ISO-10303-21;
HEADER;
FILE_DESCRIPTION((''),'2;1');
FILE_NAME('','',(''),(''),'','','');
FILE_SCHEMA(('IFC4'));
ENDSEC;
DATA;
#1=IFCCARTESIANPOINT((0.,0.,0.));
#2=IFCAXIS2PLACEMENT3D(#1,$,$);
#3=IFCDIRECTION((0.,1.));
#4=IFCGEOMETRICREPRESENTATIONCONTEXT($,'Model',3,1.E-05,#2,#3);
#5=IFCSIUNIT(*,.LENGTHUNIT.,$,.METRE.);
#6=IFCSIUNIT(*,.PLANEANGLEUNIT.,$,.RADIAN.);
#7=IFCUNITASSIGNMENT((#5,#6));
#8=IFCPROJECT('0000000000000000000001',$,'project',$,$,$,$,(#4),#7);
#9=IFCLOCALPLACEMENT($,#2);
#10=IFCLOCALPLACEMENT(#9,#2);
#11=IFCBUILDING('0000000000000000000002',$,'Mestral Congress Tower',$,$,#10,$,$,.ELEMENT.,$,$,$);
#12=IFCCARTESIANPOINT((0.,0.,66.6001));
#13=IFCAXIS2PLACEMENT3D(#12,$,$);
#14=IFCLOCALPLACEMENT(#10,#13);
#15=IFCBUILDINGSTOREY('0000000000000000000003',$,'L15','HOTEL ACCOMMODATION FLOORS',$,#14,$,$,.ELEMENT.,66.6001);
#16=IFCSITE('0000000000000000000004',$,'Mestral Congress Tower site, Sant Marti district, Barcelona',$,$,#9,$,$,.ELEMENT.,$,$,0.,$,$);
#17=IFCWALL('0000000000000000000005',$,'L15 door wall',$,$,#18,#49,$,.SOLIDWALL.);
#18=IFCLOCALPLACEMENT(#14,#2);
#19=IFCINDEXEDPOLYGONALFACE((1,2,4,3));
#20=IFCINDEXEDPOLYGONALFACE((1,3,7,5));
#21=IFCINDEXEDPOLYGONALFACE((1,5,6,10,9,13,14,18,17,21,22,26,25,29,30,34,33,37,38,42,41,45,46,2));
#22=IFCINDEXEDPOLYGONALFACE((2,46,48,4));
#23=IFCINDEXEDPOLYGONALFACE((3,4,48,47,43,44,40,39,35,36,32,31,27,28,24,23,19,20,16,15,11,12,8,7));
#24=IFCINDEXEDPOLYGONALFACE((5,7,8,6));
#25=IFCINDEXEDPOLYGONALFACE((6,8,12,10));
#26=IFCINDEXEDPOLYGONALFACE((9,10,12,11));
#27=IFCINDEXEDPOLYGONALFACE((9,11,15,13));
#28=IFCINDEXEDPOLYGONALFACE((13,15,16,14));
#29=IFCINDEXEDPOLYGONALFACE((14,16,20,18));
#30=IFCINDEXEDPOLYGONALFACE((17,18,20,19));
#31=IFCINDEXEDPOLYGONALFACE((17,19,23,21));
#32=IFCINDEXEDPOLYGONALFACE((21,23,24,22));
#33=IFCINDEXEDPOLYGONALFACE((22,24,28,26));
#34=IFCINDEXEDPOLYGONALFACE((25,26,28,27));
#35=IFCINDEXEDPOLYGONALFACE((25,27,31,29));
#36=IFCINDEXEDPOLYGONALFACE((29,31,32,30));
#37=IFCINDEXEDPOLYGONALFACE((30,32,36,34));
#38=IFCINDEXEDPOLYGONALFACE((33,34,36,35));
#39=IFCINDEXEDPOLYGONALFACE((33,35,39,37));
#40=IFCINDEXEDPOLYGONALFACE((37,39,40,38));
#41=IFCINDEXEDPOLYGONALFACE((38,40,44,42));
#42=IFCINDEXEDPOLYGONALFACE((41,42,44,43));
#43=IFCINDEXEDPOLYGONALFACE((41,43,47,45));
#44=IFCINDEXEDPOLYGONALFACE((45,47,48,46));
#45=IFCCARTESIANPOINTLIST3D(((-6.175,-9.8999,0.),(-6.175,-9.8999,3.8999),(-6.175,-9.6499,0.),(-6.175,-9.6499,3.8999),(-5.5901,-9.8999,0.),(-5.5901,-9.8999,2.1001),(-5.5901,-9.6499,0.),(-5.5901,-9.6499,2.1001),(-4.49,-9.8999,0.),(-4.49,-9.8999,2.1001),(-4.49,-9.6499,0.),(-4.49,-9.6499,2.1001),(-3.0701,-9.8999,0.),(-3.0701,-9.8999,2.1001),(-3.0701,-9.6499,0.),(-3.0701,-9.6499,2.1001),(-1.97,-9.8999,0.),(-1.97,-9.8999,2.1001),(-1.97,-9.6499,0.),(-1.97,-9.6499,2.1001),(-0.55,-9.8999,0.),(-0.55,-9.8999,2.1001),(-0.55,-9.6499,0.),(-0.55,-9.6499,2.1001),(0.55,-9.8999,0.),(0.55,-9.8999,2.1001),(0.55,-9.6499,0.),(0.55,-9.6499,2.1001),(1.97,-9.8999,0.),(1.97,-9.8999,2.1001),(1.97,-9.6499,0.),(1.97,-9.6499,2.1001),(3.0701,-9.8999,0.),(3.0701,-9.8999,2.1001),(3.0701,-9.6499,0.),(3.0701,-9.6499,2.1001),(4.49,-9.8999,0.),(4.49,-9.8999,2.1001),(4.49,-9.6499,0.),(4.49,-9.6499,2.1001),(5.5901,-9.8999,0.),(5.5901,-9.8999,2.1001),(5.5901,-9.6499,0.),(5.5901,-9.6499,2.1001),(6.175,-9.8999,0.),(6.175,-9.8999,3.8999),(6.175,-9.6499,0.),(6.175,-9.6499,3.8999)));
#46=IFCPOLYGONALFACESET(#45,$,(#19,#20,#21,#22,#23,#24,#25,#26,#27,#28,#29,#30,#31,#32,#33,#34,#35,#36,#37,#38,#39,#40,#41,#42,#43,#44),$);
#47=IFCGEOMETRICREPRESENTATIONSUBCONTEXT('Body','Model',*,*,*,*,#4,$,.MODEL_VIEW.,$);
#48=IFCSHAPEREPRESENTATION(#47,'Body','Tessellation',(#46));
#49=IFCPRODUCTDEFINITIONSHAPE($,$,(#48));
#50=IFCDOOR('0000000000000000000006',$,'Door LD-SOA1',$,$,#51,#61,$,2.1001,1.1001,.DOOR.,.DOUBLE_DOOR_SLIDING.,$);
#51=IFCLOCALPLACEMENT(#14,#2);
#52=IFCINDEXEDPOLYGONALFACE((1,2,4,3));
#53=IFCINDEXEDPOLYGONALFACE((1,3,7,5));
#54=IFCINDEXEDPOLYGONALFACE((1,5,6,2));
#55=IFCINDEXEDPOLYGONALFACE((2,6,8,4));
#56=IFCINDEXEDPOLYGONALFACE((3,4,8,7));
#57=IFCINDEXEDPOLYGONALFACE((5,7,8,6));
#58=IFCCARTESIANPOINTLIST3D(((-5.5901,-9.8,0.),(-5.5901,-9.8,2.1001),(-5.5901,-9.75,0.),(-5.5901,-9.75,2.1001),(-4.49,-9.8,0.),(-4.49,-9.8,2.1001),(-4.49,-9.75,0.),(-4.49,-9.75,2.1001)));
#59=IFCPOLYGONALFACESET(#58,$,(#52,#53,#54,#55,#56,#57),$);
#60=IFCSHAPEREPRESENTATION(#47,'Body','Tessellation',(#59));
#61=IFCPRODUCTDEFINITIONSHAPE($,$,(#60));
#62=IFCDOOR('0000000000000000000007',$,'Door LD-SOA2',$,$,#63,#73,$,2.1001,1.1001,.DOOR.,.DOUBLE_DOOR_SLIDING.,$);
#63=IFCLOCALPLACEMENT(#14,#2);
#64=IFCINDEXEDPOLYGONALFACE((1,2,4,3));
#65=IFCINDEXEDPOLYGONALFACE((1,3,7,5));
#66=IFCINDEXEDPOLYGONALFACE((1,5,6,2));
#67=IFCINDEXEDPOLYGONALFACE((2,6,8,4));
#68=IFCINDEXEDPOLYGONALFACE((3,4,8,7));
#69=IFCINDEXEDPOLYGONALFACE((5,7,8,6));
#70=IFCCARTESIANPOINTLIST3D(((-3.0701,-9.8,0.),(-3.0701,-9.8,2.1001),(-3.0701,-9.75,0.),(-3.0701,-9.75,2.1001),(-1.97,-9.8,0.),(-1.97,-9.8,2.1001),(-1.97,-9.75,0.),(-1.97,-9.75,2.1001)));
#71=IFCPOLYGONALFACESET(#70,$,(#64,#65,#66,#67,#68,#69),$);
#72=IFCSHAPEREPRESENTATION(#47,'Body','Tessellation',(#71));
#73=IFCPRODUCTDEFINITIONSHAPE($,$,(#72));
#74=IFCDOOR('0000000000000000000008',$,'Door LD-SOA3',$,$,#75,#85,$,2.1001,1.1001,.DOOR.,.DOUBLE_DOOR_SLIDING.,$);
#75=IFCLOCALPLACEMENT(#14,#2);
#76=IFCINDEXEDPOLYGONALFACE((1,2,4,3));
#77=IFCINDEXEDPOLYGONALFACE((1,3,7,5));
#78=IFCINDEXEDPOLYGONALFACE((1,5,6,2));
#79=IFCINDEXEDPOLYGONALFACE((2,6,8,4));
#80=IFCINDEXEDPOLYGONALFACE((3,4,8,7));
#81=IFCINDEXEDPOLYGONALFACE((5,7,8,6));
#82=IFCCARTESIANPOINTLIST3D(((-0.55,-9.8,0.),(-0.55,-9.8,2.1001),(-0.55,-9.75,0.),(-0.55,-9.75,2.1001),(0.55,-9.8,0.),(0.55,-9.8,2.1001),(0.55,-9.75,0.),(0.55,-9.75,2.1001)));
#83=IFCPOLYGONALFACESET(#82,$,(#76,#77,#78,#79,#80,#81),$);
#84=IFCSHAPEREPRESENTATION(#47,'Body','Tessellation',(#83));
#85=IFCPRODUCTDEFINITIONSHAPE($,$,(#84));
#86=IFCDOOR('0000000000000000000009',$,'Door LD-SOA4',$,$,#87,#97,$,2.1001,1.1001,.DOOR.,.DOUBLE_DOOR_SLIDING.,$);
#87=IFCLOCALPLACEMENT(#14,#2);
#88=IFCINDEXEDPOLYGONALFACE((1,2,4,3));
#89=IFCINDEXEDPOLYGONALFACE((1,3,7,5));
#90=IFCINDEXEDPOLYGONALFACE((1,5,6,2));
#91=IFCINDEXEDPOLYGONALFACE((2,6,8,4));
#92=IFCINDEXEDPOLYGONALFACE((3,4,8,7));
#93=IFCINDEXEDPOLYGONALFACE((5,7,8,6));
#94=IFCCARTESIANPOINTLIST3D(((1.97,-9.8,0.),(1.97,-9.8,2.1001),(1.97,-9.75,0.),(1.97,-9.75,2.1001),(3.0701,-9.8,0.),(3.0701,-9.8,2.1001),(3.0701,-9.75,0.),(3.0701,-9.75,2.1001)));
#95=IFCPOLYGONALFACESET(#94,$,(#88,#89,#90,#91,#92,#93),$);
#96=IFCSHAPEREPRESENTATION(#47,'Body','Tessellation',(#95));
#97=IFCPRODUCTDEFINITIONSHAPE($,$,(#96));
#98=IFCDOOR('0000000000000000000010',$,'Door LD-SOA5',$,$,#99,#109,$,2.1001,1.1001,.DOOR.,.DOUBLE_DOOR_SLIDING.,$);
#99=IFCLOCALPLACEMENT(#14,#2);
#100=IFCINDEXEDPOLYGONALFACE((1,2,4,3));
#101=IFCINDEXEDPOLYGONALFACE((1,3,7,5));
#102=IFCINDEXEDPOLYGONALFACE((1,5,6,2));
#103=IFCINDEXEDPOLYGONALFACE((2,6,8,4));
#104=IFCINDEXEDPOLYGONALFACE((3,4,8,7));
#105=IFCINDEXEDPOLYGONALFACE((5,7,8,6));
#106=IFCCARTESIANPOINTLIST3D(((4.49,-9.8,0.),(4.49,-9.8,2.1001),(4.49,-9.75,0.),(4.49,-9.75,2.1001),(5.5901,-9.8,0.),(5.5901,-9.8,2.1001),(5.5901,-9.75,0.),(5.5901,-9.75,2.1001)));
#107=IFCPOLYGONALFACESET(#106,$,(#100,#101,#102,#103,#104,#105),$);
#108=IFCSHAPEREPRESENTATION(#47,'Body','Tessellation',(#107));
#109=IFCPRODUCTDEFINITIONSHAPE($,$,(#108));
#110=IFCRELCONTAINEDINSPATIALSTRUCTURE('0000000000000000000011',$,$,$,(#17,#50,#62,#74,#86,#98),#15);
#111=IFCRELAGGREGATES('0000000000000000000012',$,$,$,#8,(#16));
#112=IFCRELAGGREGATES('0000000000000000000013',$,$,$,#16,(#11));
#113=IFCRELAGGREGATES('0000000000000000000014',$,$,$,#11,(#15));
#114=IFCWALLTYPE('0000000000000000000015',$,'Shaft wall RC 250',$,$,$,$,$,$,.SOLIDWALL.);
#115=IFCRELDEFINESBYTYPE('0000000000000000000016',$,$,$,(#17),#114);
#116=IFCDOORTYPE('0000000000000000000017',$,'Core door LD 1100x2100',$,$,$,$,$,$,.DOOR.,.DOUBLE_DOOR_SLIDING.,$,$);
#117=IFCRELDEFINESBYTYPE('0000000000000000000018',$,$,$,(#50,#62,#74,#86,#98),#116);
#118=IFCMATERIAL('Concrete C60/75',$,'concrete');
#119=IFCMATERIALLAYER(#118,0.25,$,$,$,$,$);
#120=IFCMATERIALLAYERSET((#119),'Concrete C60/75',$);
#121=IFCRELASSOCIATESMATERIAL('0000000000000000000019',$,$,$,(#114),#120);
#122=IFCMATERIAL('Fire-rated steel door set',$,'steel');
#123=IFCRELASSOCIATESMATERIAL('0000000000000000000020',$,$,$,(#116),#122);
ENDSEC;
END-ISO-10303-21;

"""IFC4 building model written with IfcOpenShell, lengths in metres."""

from ifc_helpers import new_model, si_unit, direction, frame, frame_2d, origin, place, context, subcontext, project, spatial, rectangle, extrude, material, layer, layer_set, type_object, element, fill, save


model = new_model("IFC4")

# Units and contexts
model_context = context("Model", 3, precision=1e-05, world=origin(), true_north=direction((0.0, 1.0)))
body_context = subcontext(model_context, "Body", "Model", "MODEL_VIEW")
ifc_project = project(units=[si_unit("LENGTHUNIT", "METRE"), si_unit("PLANEANGLEUNIT", "RADIAN")], contexts=[model_context])

# Site, building, storey
site_placement = place(None, origin())
site = spatial("IfcSite", under=ifc_project, at=site_placement, Name="Mestral Congress Tower site, Sant Marti district, Barcelona", CompositionType="ELEMENT", RefElevation=0.0)
building_placement = place(site_placement, origin())
building = spatial("IfcBuilding", under=site, at=building_placement, Name="Mestral Congress Tower", CompositionType="ELEMENT")
storey_placement = place(building_placement, frame((0.0, 0.0, 66.6001)))
storey = spatial("IfcBuildingStorey", under=building, at=storey_placement, Name="L15", Description="HOTEL ACCOMMODATION FLOORS", CompositionType="ELEMENT", Elevation=66.6001)

# Shared definitions
ifc_material_1 = material(Name="Concrete C60/75", Category="concrete")
ifc_layer_1 = layer(ifc_material_1, 0.25)
ifc_layer_set_1 = layer_set([ifc_layer_1], Name="Concrete C60/75")
wall_type_1 = type_object("IfcWallType", Name="Shaft wall RC 250", PredefinedType="SOLIDWALL", material=ifc_layer_set_1)

# Wall, openings, doors
wall_1_placement = place(storey_placement, frame((-6.175, -9.7749, 0.0), z_axis=(0.0, 0.0, 1.0), x_axis=(1.0, 0.0, 0.0)))
wall_1 = element("IfcWall", 1, at=wall_1_placement, inside=storey, type_object=wall_type_1, Name="L15 door wall", PredefinedType="SOLIDWALL", context=body_context, shape_type="SweptSolid", body=[
    extrude(rectangle(XDim=12.3501, YDim=0.25, at=frame_2d((6.175, 0.0))), origin(), (0.0, 0.0, 1.0), 3.8999),
])
opening_1_placement = place(wall_1_placement, frame((0.585, 0.0, 0.0)))
opening_1 = element("IfcOpeningElement", 2, at=opening_1_placement, cuts=wall_1, PredefinedType="OPENING", context=body_context, shape_type="SweptSolid", body=[
    extrude(rectangle(XDim=1.1001, YDim=2.1001, at=frame_2d((0.55, 1.05))), frame((0.0, 0.135, 0.0), z_axis=(0.0, -1.0, 0.0), x_axis=(1.0, 0.0, 0.0)), (0.0, 0.0, 1.0), 0.27),
])
opening_2_placement = place(wall_1_placement, frame((3.105, 0.0, 0.0)))
opening_2 = element("IfcOpeningElement", 3, at=opening_2_placement, cuts=wall_1, PredefinedType="OPENING", context=body_context, shape_type="SweptSolid", body=[
    extrude(rectangle(XDim=1.1001, YDim=2.1001, at=frame_2d((0.55, 1.05))), frame((0.0, 0.135, 0.0), z_axis=(0.0, -1.0, 0.0), x_axis=(1.0, 0.0, 0.0)), (0.0, 0.0, 1.0), 0.27),
])
opening_3_placement = place(wall_1_placement, frame((5.625, 0.0, 0.0)))
opening_3 = element("IfcOpeningElement", 4, at=opening_3_placement, cuts=wall_1, PredefinedType="OPENING", context=body_context, shape_type="SweptSolid", body=[
    extrude(rectangle(XDim=1.1001, YDim=2.1001, at=frame_2d((0.55, 1.05))), frame((0.0, 0.135, 0.0), z_axis=(0.0, -1.0, 0.0), x_axis=(1.0, 0.0, 0.0)), (0.0, 0.0, 1.0), 0.27),
])
opening_4_placement = place(wall_1_placement, frame((8.145, 0.0, 0.0)))
opening_4 = element("IfcOpeningElement", 5, at=opening_4_placement, cuts=wall_1, PredefinedType="OPENING", context=body_context, shape_type="SweptSolid", body=[
    extrude(rectangle(XDim=1.1001, YDim=2.1001, at=frame_2d((0.55, 1.05))), frame((0.0, 0.135, 0.0), z_axis=(0.0, -1.0, 0.0), x_axis=(1.0, 0.0, 0.0)), (0.0, 0.0, 1.0), 0.27),
])
opening_5_placement = place(wall_1_placement, frame((10.665, 0.0, 0.0)))
opening_5 = element("IfcOpeningElement", 6, at=opening_5_placement, cuts=wall_1, PredefinedType="OPENING", context=body_context, shape_type="SweptSolid", body=[
    extrude(rectangle(XDim=1.1001, YDim=2.1001, at=frame_2d((0.55, 1.05))), frame((0.0, 0.135, 0.0), z_axis=(0.0, -1.0, 0.0), x_axis=(1.0, 0.0, 0.0)), (0.0, 0.0, 1.0), 0.27),
])
ifc_material_2 = material(Name="Fire-rated steel door set", Category="steel")
door_type_1 = type_object("IfcDoorType", Name="Core door LD 1100x2100", OperationType="DOUBLE_DOOR_SLIDING", PredefinedType="DOOR", material=ifc_material_2)
door_1_placement = place(opening_1_placement, origin())
door_1 = element("IfcDoor", 7, at=door_1_placement, inside=storey, type_object=door_type_1, Name="Door LD-SOA1", OperationType="DOUBLE_DOOR_SLIDING", OverallHeight=2.1001, OverallWidth=1.1001, PredefinedType="DOOR", context=body_context, shape_type="SweptSolid", body=[
    extrude(rectangle(XDim=1.1001, YDim=2.1001, at=frame_2d((0.55, 1.05))), frame((0.0, 0.0249, 0.0), z_axis=(0.0, -1.0, 0.0), x_axis=(1.0, 0.0, 0.0)), (0.0, 0.0, 1.0), 0.05),
])
fill(opening_1, door_1)
door_2_placement = place(opening_2_placement, origin())
door_2 = element("IfcDoor", 8, at=door_2_placement, inside=storey, type_object=door_type_1, Name="Door LD-SOA2", OperationType="DOUBLE_DOOR_SLIDING", OverallHeight=2.1001, OverallWidth=1.1001, PredefinedType="DOOR", context=body_context, shape_type="SweptSolid", body=[
    extrude(rectangle(XDim=1.1001, YDim=2.1001, at=frame_2d((0.55, 1.05))), frame((0.0, 0.0249, 0.0), z_axis=(0.0, -1.0, 0.0), x_axis=(1.0, 0.0, 0.0)), (0.0, 0.0, 1.0), 0.05),
])
fill(opening_2, door_2)
door_3_placement = place(opening_3_placement, origin())
door_3 = element("IfcDoor", 9, at=door_3_placement, inside=storey, type_object=door_type_1, Name="Door LD-SOA3", OperationType="DOUBLE_DOOR_SLIDING", OverallHeight=2.1001, OverallWidth=1.1001, PredefinedType="DOOR", context=body_context, shape_type="SweptSolid", body=[
    extrude(rectangle(XDim=1.1001, YDim=2.1001, at=frame_2d((0.55, 1.05))), frame((0.0, 0.0249, 0.0), z_axis=(0.0, -1.0, 0.0), x_axis=(1.0, 0.0, 0.0)), (0.0, 0.0, 1.0), 0.05),
])
fill(opening_3, door_3)
door_4_placement = place(opening_4_placement, origin())
door_4 = element("IfcDoor", 10, at=door_4_placement, inside=storey, type_object=door_type_1, Name="Door LD-SOA4", OperationType="DOUBLE_DOOR_SLIDING", OverallHeight=2.1001, OverallWidth=1.1001, PredefinedType="DOOR", context=body_context, shape_type="SweptSolid", body=[
    extrude(rectangle(XDim=1.1001, YDim=2.1001, at=frame_2d((0.55, 1.05))), frame((0.0, 0.0249, 0.0), z_axis=(0.0, -1.0, 0.0), x_axis=(1.0, 0.0, 0.0)), (0.0, 0.0, 1.0), 0.05),
])
fill(opening_4, door_4)
door_5_placement = place(opening_5_placement, origin())
door_5 = element("IfcDoor", 11, at=door_5_placement, inside=storey, type_object=door_type_1, Name="Door LD-SOA5", OperationType="DOUBLE_DOOR_SLIDING", OverallHeight=2.1001, OverallWidth=1.1001, PredefinedType="DOOR", context=body_context, shape_type="SweptSolid", body=[
    extrude(rectangle(XDim=1.1001, YDim=2.1001, at=frame_2d((0.55, 1.05))), frame((0.0, 0.0249, 0.0), z_axis=(0.0, -1.0, 0.0), x_axis=(1.0, 0.0, 0.0)), (0.0, 0.0, 1.0), 0.05),
])
fill(opening_5, door_5)

save(model, "model.ifc")
